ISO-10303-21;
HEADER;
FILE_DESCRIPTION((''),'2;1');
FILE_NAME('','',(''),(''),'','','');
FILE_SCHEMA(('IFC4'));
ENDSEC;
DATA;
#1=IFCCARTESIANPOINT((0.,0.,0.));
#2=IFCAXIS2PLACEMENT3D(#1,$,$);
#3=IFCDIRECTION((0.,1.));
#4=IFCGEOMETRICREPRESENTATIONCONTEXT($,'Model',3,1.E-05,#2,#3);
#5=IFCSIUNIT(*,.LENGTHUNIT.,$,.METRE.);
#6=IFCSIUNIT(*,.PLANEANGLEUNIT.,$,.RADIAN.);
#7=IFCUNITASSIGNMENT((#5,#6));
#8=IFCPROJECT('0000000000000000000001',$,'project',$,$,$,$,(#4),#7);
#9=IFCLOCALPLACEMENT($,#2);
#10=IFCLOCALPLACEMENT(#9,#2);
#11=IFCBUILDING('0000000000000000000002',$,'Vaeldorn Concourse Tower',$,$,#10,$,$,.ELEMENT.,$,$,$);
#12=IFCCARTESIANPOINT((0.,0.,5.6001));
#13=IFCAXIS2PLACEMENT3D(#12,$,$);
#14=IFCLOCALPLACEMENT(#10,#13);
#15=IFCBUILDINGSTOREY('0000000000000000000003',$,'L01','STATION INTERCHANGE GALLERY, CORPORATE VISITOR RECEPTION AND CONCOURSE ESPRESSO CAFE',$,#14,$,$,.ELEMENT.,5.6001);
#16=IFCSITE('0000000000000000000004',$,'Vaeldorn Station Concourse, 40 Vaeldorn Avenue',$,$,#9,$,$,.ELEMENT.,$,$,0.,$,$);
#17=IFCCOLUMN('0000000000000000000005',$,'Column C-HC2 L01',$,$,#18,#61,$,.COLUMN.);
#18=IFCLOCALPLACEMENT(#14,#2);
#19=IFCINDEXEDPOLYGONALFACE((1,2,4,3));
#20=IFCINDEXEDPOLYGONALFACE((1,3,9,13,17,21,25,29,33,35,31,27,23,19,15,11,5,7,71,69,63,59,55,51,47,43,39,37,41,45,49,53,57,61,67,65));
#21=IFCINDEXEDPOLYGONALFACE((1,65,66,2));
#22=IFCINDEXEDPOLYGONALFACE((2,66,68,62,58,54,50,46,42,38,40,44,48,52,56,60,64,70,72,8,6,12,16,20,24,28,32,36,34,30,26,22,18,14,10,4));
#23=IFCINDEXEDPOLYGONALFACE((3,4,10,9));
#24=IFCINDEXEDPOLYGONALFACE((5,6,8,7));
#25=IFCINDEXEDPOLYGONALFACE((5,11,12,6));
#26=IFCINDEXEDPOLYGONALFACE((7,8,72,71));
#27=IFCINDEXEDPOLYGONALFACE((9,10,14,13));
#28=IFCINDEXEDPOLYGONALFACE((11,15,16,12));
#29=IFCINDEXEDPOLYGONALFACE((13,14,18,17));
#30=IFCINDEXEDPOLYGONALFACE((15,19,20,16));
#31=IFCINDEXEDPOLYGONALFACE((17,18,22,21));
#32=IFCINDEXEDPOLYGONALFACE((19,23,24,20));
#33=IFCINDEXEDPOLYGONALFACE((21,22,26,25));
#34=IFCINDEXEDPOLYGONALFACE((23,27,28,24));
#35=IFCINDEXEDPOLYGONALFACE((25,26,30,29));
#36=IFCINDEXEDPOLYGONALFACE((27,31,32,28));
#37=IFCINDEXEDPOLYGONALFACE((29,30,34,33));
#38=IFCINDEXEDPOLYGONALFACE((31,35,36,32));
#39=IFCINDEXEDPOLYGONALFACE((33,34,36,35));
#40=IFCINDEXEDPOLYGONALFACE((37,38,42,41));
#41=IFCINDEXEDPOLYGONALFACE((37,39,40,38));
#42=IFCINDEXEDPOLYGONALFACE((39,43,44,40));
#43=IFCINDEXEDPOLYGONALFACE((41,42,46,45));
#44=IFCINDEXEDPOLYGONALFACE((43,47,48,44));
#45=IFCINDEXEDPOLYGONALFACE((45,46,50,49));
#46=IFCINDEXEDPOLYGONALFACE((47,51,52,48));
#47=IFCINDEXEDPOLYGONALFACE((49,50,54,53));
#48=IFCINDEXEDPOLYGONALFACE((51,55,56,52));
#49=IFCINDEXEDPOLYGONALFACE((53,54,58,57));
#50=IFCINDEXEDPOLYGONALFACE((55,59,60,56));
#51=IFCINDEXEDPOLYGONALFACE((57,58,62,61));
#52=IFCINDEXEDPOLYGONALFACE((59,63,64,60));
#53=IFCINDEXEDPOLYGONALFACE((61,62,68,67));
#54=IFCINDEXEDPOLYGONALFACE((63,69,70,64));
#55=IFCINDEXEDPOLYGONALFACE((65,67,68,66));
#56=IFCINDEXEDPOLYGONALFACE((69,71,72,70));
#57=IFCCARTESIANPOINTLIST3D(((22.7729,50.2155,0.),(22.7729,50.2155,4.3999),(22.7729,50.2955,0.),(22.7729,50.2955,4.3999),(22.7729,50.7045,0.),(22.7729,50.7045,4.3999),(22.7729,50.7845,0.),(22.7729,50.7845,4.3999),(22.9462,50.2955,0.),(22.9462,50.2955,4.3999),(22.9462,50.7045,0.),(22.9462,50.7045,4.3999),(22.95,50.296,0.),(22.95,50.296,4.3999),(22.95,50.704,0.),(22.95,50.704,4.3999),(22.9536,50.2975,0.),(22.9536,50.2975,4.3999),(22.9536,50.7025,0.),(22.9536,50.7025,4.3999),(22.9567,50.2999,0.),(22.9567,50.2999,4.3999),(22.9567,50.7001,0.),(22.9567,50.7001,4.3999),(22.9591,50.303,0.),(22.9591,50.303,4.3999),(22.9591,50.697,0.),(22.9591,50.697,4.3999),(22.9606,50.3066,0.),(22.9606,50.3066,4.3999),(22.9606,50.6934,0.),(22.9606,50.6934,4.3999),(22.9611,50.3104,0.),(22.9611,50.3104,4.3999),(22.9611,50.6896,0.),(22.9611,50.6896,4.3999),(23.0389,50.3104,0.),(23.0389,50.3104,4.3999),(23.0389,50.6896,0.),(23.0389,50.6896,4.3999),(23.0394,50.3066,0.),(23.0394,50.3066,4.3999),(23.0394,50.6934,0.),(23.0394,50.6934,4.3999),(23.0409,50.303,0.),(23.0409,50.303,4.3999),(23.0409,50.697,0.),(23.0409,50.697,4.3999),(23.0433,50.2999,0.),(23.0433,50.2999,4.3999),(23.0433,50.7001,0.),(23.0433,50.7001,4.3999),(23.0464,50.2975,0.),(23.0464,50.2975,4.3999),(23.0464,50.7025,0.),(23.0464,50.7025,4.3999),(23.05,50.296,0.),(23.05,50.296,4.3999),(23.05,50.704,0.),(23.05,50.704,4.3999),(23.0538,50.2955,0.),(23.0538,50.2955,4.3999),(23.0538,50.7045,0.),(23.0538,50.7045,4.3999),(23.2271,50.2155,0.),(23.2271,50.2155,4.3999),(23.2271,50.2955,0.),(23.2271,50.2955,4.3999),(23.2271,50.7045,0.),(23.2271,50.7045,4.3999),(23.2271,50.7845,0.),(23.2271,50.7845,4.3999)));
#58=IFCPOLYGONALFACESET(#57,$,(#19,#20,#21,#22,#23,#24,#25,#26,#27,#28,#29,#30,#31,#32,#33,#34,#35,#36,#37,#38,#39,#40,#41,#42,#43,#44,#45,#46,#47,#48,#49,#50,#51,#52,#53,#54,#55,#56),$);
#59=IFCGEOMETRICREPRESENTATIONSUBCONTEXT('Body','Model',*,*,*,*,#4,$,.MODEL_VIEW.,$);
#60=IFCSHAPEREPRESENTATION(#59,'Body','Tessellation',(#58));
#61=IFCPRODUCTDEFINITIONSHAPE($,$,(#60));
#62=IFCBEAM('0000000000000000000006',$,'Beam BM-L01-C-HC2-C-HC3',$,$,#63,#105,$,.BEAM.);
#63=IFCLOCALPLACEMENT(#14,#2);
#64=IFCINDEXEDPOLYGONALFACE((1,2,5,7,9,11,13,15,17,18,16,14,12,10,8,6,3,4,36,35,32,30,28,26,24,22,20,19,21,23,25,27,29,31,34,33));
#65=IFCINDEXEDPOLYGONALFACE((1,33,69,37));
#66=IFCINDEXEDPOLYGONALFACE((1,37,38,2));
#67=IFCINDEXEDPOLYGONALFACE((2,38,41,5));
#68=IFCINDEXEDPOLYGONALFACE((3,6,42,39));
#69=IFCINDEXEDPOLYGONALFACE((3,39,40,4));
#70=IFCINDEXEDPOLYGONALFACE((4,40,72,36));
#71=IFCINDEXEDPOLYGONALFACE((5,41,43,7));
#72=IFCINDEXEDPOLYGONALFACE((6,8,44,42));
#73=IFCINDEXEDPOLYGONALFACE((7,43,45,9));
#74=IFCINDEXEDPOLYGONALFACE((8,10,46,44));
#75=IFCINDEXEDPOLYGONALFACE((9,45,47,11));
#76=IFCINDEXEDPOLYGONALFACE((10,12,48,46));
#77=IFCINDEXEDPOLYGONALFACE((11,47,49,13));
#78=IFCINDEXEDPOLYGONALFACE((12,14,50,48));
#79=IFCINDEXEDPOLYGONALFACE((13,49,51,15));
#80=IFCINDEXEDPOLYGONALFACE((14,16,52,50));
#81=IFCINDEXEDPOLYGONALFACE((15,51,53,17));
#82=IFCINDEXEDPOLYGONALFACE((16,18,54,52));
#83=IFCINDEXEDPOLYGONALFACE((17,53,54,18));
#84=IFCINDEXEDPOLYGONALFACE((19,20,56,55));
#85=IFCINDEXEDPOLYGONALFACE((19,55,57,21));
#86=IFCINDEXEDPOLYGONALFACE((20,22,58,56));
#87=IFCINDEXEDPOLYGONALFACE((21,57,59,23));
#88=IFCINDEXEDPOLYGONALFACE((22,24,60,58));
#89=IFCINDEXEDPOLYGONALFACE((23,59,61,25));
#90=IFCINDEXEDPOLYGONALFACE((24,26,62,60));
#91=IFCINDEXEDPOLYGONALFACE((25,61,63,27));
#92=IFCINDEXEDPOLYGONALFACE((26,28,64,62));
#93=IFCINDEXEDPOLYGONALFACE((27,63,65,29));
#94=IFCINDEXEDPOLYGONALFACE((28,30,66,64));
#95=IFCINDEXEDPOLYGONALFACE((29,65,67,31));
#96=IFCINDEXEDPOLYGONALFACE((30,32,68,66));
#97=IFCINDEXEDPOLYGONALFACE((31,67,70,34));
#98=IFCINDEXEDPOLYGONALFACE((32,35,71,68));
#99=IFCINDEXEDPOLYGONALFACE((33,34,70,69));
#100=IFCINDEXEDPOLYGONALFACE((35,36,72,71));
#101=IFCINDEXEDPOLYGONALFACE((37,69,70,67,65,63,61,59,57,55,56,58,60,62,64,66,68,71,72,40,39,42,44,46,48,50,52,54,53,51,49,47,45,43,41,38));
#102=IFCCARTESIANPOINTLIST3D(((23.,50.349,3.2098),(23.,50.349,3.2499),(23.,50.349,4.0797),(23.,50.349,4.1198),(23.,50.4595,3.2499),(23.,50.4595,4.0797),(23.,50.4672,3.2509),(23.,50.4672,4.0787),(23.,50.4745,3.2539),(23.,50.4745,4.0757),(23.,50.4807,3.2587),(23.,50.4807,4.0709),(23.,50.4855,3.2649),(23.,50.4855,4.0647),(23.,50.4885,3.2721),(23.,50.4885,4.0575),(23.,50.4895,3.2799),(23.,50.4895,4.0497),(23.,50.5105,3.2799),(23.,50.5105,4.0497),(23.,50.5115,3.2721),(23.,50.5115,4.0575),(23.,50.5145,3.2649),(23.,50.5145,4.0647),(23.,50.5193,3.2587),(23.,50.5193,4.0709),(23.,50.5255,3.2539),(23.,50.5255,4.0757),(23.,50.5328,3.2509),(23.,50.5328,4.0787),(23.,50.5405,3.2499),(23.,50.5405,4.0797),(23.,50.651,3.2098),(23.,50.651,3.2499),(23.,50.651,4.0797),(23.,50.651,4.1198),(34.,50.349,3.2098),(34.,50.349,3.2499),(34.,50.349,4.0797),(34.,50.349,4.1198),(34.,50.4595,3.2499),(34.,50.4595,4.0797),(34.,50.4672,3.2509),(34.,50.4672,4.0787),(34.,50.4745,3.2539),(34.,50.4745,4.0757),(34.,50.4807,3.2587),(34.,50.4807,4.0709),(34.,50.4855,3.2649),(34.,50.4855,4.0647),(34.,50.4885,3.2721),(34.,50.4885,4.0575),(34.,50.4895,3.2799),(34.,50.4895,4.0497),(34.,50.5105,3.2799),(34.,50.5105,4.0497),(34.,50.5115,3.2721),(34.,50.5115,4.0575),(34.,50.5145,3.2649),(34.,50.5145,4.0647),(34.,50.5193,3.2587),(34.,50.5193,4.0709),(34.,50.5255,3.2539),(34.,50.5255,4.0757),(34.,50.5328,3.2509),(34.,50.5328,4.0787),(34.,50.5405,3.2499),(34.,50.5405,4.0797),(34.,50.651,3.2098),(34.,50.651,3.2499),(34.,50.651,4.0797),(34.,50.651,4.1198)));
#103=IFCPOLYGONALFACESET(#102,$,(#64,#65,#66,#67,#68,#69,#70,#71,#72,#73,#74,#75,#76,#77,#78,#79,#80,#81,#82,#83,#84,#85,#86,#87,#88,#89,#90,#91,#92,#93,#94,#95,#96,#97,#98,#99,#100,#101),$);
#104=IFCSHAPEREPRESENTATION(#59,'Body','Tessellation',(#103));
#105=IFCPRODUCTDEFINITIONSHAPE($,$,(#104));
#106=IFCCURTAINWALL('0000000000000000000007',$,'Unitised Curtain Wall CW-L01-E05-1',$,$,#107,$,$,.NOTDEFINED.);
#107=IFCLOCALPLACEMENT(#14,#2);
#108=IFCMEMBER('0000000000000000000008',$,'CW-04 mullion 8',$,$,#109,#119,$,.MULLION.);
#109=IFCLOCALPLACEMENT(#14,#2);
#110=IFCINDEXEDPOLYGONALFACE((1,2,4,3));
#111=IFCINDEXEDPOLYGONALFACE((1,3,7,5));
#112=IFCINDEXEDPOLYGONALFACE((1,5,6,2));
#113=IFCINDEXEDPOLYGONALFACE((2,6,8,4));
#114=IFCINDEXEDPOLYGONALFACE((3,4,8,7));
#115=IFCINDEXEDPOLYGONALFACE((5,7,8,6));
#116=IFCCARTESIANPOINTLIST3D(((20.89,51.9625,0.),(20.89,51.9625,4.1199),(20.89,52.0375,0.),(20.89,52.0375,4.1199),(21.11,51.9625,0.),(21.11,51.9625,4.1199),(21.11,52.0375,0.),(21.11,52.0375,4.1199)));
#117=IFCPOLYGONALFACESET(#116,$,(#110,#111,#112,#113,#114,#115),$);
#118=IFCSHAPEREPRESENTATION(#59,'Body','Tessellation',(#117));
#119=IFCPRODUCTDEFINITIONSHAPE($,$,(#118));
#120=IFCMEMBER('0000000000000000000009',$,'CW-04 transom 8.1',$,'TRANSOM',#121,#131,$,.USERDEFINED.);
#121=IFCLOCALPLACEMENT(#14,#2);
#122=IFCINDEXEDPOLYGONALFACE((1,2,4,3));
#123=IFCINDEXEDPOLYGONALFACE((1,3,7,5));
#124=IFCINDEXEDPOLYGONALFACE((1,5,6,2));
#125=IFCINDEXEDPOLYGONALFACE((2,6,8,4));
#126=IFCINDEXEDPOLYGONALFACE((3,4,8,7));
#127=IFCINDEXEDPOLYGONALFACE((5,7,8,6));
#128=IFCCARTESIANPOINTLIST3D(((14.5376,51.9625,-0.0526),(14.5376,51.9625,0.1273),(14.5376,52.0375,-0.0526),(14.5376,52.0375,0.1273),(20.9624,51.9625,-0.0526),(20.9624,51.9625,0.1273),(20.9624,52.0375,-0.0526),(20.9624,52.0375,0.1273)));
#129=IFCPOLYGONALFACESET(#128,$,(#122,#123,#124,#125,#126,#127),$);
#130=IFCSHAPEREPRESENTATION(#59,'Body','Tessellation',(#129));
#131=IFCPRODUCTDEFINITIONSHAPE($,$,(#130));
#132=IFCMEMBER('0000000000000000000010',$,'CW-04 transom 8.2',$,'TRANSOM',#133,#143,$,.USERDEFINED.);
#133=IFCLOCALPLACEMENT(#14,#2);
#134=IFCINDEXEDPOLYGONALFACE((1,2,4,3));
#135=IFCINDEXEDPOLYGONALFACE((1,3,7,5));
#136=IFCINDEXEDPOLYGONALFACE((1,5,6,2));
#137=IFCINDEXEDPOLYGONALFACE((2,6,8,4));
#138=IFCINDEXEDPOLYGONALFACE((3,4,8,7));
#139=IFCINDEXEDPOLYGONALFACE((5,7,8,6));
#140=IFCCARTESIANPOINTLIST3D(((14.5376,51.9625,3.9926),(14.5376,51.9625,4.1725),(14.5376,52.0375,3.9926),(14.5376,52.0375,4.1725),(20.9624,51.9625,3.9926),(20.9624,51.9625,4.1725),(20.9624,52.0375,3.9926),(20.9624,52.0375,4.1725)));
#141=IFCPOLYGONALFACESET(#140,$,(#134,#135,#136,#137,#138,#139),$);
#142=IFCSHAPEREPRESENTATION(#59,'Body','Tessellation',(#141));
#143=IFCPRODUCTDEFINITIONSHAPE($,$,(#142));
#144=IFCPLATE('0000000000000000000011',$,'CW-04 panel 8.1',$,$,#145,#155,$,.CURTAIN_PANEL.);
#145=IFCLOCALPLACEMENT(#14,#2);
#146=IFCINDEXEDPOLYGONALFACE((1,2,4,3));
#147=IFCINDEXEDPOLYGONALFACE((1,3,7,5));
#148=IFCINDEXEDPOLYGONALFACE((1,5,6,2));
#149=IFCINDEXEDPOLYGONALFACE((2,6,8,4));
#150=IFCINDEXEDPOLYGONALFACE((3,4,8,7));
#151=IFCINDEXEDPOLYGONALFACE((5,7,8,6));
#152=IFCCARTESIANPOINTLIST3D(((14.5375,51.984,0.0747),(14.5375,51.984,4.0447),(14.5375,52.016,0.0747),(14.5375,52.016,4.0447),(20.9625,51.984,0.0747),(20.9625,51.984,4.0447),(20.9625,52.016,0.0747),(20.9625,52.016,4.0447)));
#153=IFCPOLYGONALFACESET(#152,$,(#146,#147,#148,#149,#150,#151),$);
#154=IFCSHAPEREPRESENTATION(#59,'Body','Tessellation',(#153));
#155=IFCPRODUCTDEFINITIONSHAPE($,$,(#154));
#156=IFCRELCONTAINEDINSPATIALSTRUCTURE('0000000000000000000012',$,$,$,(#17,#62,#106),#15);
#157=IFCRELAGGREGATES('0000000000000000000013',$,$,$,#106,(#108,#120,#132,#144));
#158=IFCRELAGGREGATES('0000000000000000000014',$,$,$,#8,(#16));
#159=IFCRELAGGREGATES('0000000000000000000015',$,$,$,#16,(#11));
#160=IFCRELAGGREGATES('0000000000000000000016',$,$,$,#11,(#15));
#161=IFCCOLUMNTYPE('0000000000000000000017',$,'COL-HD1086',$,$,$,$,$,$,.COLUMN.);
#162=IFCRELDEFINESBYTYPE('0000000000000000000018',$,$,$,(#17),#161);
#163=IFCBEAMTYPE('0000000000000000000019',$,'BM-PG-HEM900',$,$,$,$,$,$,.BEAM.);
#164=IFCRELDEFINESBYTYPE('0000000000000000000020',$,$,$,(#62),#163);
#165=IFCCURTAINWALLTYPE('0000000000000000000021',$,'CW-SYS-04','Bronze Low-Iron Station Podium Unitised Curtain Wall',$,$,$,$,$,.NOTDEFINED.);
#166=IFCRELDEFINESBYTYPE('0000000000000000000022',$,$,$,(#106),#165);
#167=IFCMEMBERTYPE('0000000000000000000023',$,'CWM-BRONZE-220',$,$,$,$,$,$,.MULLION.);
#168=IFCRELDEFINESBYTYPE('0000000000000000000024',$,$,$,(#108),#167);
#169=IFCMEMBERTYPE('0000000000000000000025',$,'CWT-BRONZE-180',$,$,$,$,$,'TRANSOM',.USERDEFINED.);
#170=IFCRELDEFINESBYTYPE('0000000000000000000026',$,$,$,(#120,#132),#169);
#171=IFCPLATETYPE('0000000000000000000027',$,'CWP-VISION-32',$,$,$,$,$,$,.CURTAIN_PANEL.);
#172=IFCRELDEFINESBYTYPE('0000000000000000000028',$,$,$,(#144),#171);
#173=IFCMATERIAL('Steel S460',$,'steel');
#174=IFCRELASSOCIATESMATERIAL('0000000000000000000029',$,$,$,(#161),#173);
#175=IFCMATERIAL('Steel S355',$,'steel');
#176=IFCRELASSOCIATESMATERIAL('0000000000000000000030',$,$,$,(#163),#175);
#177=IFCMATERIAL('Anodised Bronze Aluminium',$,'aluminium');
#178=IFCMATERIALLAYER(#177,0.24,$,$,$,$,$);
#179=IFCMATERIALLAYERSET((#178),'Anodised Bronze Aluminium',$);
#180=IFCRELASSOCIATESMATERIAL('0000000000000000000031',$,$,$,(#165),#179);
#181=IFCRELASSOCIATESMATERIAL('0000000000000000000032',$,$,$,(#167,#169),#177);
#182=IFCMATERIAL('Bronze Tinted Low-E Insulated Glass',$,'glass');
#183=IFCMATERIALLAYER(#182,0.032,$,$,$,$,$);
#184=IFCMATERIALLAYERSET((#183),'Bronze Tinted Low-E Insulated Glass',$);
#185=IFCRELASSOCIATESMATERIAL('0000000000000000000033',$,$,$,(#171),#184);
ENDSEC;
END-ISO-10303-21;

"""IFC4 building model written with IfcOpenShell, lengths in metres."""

from ifc_helpers import new_model, si_unit, direction, frame, origin, origin_2d, place, context, subcontext, project, spatial, rectangle, i_section, extrude, source, transform, mapped, material, layer, layer_set, material_profile, profile_set, type_object, element, aggregate, save


model = new_model("IFC4")

# Units and contexts
model_context = context("Model", 3, precision=1e-05, world=origin(), true_north=direction((0.0, 1.0)))
body_context = subcontext(model_context, "Body", "Model", "MODEL_VIEW")
ifc_project = project(units=[si_unit("LENGTHUNIT", "METRE"), si_unit("PLANEANGLEUNIT", "RADIAN")], contexts=[model_context])

# Site, building, storey
site_placement = place(None, origin())
site = spatial("IfcSite", under=ifc_project, at=site_placement, Name="Vaeldorn Station Concourse, 40 Vaeldorn Avenue", CompositionType="ELEMENT", RefElevation=0.0)
building_placement = place(site_placement, origin())
building = spatial("IfcBuilding", under=site, at=building_placement, Name="Vaeldorn Concourse Tower", CompositionType="ELEMENT")
storey_placement = place(building_placement, frame((0.0, 0.0, 5.6001)))
storey = spatial("IfcBuildingStorey", under=building, at=storey_placement, Name="L01", Description="STATION INTERCHANGE GALLERY, CORPORATE VISITOR RECEPTION AND CONCOURSE ESPRESSO CAFE", CompositionType="ELEMENT", Elevation=5.6001)

# Column
ifc_material_1 = material(Name="Steel S460", Category="steel")
ifc_material_profile_1 = material_profile(ifc_material_1, i_section(OverallWidth=0.4541, OverallDepth=0.5691, WebThickness=0.0779, FlangeThickness=0.0801, FilletRadius=0.0149, at=origin_2d()), Name="HD 400x1086")
ifc_profile_set_1 = profile_set([ifc_material_profile_1], Name="Steel S460")
column_type = type_object("IfcColumnType", Name="COL-HD1086", PredefinedType="COLUMN", material=ifc_profile_set_1)
shared_shape_1 = source(origin(), body_context, "Body", "SweptSolid", [
    extrude(i_section(OverallWidth=0.4541, OverallDepth=0.5691, WebThickness=0.0779, FlangeThickness=0.0801, FilletRadius=0.0149, at=origin_2d()), origin(), (0.0, 0.0, 1.0), 4.3999),
])
column_placement = place(storey_placement, frame((23.0, 50.5, 0.0), z_axis=(0.0, 0.0, 1.0), x_axis=(1.0, 0.0, 0.0)))
element("IfcColumn", 1, at=column_placement, inside=storey, type_object=column_type, Name="Column C-HC2 L01", PredefinedType="COLUMN", context=body_context, shape_type="MappedRepresentation", body=[
    mapped(shared_shape_1, transform((0.0, 0.0, 0.0), scale=1.0)),
])

# Beam
ifc_material_2 = material(Name="Steel S355", Category="steel")
ifc_material_profile_2 = material_profile(ifc_material_2, i_section(OverallWidth=0.302, OverallDepth=0.9099, WebThickness=0.021, FlangeThickness=0.04, FilletRadius=0.03, at=origin_2d()), Name="HEM 900")
ifc_profile_set_2 = profile_set([ifc_material_profile_2], Name="Steel S355")
beam_type = type_object("IfcBeamType", Name="BM-PG-HEM900", PredefinedType="BEAM", material=ifc_profile_set_2)
shared_shape_2 = source(origin(), body_context, "Body", "SweptSolid", [
    extrude(i_section(OverallWidth=0.302, OverallDepth=0.9099, WebThickness=0.021, FlangeThickness=0.04, FilletRadius=0.03, at=origin_2d()), origin(), (0.0, 0.0, 1.0), 11.0),
])
beam_placement = place(storey_placement, frame((23.0, 50.5, 3.6648), z_axis=(1.0, 0.0, 0.0), x_axis=(0.0, 1.0, 0.0)))
element("IfcBeam", 2, at=beam_placement, inside=storey, type_object=beam_type, Name="Beam BM-L01-C-HC2-C-HC3", PredefinedType="BEAM", context=body_context, shape_type="MappedRepresentation", body=[
    mapped(shared_shape_2, transform((0.0, 0.0, 0.0), scale=1.0)),
])

# Curtain wall, members, plate
ifc_material_3 = material(Name="Anodised Bronze Aluminium", Category="aluminium")
ifc_layer_1 = layer(ifc_material_3, 0.24)
ifc_layer_set_1 = layer_set([ifc_layer_1], Name="Anodised Bronze Aluminium")
curtain_wall_type = type_object("IfcCurtainWallType", Name="CW-SYS-04", Description="Bronze Low-Iron Station Podium Unitised Curtain Wall", PredefinedType="NOTDEFINED", material=ifc_layer_set_1)
curtain_wall_placement = place(storey_placement, origin())
curtain_wall = element("IfcCurtainWall", 3, at=curtain_wall_placement, inside=storey, type_object=curtain_wall_type, Name="Unitised Curtain Wall CW-L01-E05-1", PredefinedType="NOTDEFINED")
ifc_material_profile_3 = material_profile(ifc_material_3, rectangle(XDim=0.075, YDim=0.22, at=origin_2d()), Name="CWM 75x220")
ifc_profile_set_3 = profile_set([ifc_material_profile_3], Name="Anodised Bronze Aluminium")
member_type_1 = type_object("IfcMemberType", Name="CWM-BRONZE-220", PredefinedType="MULLION", material=ifc_profile_set_3)
shared_shape_3 = source(origin(), body_context, "Body", "SweptSolid", [
    extrude(rectangle(XDim=0.075, YDim=0.22, at=origin_2d()), origin(), (0.0, 0.0, 1.0), 4.1199),
])
member_1_placement = place(storey_placement, frame((21.0, 52.0, 0.0), z_axis=(0.0, 0.0, 1.0), x_axis=(0.0, -1.0, 0.0)))
member_1 = element("IfcMember", 4, at=member_1_placement, type_object=member_type_1, Name="CW-04 mullion 8", PredefinedType="MULLION", context=body_context, shape_type="MappedRepresentation", body=[
    mapped(shared_shape_3, transform((0.0, 0.0, 0.0), scale=1.0)),
])
ifc_material_profile_4 = material_profile(ifc_material_3, rectangle(XDim=0.075, YDim=0.1799, at=origin_2d()), Name="CWT 75x180")
ifc_profile_set_4 = profile_set([ifc_material_profile_4], Name="Anodised Bronze Aluminium")
member_type_2 = type_object("IfcMemberType", Name="CWT-BRONZE-180", ElementType="TRANSOM", PredefinedType="USERDEFINED", material=ifc_profile_set_4)
shared_shape_4 = source(origin(), body_context, "Body", "SweptSolid", [
    extrude(rectangle(XDim=0.075, YDim=0.1799, at=origin_2d()), origin(), (0.0, 0.0, 1.0), 6.4248),
])
member_2_placement = place(storey_placement, frame((20.9624, 52.0, 0.0374), z_axis=(-1.0, 0.0, 0.0), x_axis=(0.0, -1.0, 0.0)))
member_2 = element("IfcMember", 5, at=member_2_placement, type_object=member_type_2, Name="CW-04 transom 8.1", ObjectType="TRANSOM", PredefinedType="USERDEFINED", context=body_context, shape_type="MappedRepresentation", body=[
    mapped(shared_shape_4, transform((0.0, 0.0, 0.0), scale=1.0)),
])
member_3_placement = place(storey_placement, frame((20.9624, 52.0, 4.0825), z_axis=(-1.0, 0.0, 0.0), x_axis=(0.0, -1.0, 0.0)))
member_3 = element("IfcMember", 6, at=member_3_placement, type_object=member_type_2, Name="CW-04 transom 8.2", ObjectType="TRANSOM", PredefinedType="USERDEFINED", context=body_context, shape_type="MappedRepresentation", body=[
    mapped(shared_shape_4, transform((0.0, 0.0, 0.0), scale=1.0)),
])
ifc_material_4 = material(Name="Bronze Tinted Low-E Insulated Glass", Category="glass")
ifc_layer_2 = layer(ifc_material_4, 0.032)
ifc_layer_set_2 = layer_set([ifc_layer_2], Name="Bronze Tinted Low-E Insulated Glass")
plate_type = type_object("IfcPlateType", Name="CWP-VISION-32", PredefinedType="CURTAIN_PANEL", material=ifc_layer_set_2)
shared_shape_5 = source(origin(), body_context, "Body", "SweptSolid", [
    extrude(rectangle(XDim=6.425, YDim=0.032, at=origin_2d()), origin(), (0.0, 0.0, 1.0), 3.97),
])
plate_placement = place(storey_placement, frame((17.75, 52.0, 0.0747), z_axis=(0.0, 0.0, 1.0), x_axis=(-1.0, 0.0, 0.0)))
plate = element("IfcPlate", 7, at=plate_placement, type_object=plate_type, Name="CW-04 panel 8.1", PredefinedType="CURTAIN_PANEL", context=body_context, shape_type="MappedRepresentation", body=[
    mapped(shared_shape_5, transform((0.0, 0.0, 0.0), scale=1.0)),
])
aggregate(curtain_wall, [member_1, member_2, member_3, plate])

save(model, "model.ifc")
